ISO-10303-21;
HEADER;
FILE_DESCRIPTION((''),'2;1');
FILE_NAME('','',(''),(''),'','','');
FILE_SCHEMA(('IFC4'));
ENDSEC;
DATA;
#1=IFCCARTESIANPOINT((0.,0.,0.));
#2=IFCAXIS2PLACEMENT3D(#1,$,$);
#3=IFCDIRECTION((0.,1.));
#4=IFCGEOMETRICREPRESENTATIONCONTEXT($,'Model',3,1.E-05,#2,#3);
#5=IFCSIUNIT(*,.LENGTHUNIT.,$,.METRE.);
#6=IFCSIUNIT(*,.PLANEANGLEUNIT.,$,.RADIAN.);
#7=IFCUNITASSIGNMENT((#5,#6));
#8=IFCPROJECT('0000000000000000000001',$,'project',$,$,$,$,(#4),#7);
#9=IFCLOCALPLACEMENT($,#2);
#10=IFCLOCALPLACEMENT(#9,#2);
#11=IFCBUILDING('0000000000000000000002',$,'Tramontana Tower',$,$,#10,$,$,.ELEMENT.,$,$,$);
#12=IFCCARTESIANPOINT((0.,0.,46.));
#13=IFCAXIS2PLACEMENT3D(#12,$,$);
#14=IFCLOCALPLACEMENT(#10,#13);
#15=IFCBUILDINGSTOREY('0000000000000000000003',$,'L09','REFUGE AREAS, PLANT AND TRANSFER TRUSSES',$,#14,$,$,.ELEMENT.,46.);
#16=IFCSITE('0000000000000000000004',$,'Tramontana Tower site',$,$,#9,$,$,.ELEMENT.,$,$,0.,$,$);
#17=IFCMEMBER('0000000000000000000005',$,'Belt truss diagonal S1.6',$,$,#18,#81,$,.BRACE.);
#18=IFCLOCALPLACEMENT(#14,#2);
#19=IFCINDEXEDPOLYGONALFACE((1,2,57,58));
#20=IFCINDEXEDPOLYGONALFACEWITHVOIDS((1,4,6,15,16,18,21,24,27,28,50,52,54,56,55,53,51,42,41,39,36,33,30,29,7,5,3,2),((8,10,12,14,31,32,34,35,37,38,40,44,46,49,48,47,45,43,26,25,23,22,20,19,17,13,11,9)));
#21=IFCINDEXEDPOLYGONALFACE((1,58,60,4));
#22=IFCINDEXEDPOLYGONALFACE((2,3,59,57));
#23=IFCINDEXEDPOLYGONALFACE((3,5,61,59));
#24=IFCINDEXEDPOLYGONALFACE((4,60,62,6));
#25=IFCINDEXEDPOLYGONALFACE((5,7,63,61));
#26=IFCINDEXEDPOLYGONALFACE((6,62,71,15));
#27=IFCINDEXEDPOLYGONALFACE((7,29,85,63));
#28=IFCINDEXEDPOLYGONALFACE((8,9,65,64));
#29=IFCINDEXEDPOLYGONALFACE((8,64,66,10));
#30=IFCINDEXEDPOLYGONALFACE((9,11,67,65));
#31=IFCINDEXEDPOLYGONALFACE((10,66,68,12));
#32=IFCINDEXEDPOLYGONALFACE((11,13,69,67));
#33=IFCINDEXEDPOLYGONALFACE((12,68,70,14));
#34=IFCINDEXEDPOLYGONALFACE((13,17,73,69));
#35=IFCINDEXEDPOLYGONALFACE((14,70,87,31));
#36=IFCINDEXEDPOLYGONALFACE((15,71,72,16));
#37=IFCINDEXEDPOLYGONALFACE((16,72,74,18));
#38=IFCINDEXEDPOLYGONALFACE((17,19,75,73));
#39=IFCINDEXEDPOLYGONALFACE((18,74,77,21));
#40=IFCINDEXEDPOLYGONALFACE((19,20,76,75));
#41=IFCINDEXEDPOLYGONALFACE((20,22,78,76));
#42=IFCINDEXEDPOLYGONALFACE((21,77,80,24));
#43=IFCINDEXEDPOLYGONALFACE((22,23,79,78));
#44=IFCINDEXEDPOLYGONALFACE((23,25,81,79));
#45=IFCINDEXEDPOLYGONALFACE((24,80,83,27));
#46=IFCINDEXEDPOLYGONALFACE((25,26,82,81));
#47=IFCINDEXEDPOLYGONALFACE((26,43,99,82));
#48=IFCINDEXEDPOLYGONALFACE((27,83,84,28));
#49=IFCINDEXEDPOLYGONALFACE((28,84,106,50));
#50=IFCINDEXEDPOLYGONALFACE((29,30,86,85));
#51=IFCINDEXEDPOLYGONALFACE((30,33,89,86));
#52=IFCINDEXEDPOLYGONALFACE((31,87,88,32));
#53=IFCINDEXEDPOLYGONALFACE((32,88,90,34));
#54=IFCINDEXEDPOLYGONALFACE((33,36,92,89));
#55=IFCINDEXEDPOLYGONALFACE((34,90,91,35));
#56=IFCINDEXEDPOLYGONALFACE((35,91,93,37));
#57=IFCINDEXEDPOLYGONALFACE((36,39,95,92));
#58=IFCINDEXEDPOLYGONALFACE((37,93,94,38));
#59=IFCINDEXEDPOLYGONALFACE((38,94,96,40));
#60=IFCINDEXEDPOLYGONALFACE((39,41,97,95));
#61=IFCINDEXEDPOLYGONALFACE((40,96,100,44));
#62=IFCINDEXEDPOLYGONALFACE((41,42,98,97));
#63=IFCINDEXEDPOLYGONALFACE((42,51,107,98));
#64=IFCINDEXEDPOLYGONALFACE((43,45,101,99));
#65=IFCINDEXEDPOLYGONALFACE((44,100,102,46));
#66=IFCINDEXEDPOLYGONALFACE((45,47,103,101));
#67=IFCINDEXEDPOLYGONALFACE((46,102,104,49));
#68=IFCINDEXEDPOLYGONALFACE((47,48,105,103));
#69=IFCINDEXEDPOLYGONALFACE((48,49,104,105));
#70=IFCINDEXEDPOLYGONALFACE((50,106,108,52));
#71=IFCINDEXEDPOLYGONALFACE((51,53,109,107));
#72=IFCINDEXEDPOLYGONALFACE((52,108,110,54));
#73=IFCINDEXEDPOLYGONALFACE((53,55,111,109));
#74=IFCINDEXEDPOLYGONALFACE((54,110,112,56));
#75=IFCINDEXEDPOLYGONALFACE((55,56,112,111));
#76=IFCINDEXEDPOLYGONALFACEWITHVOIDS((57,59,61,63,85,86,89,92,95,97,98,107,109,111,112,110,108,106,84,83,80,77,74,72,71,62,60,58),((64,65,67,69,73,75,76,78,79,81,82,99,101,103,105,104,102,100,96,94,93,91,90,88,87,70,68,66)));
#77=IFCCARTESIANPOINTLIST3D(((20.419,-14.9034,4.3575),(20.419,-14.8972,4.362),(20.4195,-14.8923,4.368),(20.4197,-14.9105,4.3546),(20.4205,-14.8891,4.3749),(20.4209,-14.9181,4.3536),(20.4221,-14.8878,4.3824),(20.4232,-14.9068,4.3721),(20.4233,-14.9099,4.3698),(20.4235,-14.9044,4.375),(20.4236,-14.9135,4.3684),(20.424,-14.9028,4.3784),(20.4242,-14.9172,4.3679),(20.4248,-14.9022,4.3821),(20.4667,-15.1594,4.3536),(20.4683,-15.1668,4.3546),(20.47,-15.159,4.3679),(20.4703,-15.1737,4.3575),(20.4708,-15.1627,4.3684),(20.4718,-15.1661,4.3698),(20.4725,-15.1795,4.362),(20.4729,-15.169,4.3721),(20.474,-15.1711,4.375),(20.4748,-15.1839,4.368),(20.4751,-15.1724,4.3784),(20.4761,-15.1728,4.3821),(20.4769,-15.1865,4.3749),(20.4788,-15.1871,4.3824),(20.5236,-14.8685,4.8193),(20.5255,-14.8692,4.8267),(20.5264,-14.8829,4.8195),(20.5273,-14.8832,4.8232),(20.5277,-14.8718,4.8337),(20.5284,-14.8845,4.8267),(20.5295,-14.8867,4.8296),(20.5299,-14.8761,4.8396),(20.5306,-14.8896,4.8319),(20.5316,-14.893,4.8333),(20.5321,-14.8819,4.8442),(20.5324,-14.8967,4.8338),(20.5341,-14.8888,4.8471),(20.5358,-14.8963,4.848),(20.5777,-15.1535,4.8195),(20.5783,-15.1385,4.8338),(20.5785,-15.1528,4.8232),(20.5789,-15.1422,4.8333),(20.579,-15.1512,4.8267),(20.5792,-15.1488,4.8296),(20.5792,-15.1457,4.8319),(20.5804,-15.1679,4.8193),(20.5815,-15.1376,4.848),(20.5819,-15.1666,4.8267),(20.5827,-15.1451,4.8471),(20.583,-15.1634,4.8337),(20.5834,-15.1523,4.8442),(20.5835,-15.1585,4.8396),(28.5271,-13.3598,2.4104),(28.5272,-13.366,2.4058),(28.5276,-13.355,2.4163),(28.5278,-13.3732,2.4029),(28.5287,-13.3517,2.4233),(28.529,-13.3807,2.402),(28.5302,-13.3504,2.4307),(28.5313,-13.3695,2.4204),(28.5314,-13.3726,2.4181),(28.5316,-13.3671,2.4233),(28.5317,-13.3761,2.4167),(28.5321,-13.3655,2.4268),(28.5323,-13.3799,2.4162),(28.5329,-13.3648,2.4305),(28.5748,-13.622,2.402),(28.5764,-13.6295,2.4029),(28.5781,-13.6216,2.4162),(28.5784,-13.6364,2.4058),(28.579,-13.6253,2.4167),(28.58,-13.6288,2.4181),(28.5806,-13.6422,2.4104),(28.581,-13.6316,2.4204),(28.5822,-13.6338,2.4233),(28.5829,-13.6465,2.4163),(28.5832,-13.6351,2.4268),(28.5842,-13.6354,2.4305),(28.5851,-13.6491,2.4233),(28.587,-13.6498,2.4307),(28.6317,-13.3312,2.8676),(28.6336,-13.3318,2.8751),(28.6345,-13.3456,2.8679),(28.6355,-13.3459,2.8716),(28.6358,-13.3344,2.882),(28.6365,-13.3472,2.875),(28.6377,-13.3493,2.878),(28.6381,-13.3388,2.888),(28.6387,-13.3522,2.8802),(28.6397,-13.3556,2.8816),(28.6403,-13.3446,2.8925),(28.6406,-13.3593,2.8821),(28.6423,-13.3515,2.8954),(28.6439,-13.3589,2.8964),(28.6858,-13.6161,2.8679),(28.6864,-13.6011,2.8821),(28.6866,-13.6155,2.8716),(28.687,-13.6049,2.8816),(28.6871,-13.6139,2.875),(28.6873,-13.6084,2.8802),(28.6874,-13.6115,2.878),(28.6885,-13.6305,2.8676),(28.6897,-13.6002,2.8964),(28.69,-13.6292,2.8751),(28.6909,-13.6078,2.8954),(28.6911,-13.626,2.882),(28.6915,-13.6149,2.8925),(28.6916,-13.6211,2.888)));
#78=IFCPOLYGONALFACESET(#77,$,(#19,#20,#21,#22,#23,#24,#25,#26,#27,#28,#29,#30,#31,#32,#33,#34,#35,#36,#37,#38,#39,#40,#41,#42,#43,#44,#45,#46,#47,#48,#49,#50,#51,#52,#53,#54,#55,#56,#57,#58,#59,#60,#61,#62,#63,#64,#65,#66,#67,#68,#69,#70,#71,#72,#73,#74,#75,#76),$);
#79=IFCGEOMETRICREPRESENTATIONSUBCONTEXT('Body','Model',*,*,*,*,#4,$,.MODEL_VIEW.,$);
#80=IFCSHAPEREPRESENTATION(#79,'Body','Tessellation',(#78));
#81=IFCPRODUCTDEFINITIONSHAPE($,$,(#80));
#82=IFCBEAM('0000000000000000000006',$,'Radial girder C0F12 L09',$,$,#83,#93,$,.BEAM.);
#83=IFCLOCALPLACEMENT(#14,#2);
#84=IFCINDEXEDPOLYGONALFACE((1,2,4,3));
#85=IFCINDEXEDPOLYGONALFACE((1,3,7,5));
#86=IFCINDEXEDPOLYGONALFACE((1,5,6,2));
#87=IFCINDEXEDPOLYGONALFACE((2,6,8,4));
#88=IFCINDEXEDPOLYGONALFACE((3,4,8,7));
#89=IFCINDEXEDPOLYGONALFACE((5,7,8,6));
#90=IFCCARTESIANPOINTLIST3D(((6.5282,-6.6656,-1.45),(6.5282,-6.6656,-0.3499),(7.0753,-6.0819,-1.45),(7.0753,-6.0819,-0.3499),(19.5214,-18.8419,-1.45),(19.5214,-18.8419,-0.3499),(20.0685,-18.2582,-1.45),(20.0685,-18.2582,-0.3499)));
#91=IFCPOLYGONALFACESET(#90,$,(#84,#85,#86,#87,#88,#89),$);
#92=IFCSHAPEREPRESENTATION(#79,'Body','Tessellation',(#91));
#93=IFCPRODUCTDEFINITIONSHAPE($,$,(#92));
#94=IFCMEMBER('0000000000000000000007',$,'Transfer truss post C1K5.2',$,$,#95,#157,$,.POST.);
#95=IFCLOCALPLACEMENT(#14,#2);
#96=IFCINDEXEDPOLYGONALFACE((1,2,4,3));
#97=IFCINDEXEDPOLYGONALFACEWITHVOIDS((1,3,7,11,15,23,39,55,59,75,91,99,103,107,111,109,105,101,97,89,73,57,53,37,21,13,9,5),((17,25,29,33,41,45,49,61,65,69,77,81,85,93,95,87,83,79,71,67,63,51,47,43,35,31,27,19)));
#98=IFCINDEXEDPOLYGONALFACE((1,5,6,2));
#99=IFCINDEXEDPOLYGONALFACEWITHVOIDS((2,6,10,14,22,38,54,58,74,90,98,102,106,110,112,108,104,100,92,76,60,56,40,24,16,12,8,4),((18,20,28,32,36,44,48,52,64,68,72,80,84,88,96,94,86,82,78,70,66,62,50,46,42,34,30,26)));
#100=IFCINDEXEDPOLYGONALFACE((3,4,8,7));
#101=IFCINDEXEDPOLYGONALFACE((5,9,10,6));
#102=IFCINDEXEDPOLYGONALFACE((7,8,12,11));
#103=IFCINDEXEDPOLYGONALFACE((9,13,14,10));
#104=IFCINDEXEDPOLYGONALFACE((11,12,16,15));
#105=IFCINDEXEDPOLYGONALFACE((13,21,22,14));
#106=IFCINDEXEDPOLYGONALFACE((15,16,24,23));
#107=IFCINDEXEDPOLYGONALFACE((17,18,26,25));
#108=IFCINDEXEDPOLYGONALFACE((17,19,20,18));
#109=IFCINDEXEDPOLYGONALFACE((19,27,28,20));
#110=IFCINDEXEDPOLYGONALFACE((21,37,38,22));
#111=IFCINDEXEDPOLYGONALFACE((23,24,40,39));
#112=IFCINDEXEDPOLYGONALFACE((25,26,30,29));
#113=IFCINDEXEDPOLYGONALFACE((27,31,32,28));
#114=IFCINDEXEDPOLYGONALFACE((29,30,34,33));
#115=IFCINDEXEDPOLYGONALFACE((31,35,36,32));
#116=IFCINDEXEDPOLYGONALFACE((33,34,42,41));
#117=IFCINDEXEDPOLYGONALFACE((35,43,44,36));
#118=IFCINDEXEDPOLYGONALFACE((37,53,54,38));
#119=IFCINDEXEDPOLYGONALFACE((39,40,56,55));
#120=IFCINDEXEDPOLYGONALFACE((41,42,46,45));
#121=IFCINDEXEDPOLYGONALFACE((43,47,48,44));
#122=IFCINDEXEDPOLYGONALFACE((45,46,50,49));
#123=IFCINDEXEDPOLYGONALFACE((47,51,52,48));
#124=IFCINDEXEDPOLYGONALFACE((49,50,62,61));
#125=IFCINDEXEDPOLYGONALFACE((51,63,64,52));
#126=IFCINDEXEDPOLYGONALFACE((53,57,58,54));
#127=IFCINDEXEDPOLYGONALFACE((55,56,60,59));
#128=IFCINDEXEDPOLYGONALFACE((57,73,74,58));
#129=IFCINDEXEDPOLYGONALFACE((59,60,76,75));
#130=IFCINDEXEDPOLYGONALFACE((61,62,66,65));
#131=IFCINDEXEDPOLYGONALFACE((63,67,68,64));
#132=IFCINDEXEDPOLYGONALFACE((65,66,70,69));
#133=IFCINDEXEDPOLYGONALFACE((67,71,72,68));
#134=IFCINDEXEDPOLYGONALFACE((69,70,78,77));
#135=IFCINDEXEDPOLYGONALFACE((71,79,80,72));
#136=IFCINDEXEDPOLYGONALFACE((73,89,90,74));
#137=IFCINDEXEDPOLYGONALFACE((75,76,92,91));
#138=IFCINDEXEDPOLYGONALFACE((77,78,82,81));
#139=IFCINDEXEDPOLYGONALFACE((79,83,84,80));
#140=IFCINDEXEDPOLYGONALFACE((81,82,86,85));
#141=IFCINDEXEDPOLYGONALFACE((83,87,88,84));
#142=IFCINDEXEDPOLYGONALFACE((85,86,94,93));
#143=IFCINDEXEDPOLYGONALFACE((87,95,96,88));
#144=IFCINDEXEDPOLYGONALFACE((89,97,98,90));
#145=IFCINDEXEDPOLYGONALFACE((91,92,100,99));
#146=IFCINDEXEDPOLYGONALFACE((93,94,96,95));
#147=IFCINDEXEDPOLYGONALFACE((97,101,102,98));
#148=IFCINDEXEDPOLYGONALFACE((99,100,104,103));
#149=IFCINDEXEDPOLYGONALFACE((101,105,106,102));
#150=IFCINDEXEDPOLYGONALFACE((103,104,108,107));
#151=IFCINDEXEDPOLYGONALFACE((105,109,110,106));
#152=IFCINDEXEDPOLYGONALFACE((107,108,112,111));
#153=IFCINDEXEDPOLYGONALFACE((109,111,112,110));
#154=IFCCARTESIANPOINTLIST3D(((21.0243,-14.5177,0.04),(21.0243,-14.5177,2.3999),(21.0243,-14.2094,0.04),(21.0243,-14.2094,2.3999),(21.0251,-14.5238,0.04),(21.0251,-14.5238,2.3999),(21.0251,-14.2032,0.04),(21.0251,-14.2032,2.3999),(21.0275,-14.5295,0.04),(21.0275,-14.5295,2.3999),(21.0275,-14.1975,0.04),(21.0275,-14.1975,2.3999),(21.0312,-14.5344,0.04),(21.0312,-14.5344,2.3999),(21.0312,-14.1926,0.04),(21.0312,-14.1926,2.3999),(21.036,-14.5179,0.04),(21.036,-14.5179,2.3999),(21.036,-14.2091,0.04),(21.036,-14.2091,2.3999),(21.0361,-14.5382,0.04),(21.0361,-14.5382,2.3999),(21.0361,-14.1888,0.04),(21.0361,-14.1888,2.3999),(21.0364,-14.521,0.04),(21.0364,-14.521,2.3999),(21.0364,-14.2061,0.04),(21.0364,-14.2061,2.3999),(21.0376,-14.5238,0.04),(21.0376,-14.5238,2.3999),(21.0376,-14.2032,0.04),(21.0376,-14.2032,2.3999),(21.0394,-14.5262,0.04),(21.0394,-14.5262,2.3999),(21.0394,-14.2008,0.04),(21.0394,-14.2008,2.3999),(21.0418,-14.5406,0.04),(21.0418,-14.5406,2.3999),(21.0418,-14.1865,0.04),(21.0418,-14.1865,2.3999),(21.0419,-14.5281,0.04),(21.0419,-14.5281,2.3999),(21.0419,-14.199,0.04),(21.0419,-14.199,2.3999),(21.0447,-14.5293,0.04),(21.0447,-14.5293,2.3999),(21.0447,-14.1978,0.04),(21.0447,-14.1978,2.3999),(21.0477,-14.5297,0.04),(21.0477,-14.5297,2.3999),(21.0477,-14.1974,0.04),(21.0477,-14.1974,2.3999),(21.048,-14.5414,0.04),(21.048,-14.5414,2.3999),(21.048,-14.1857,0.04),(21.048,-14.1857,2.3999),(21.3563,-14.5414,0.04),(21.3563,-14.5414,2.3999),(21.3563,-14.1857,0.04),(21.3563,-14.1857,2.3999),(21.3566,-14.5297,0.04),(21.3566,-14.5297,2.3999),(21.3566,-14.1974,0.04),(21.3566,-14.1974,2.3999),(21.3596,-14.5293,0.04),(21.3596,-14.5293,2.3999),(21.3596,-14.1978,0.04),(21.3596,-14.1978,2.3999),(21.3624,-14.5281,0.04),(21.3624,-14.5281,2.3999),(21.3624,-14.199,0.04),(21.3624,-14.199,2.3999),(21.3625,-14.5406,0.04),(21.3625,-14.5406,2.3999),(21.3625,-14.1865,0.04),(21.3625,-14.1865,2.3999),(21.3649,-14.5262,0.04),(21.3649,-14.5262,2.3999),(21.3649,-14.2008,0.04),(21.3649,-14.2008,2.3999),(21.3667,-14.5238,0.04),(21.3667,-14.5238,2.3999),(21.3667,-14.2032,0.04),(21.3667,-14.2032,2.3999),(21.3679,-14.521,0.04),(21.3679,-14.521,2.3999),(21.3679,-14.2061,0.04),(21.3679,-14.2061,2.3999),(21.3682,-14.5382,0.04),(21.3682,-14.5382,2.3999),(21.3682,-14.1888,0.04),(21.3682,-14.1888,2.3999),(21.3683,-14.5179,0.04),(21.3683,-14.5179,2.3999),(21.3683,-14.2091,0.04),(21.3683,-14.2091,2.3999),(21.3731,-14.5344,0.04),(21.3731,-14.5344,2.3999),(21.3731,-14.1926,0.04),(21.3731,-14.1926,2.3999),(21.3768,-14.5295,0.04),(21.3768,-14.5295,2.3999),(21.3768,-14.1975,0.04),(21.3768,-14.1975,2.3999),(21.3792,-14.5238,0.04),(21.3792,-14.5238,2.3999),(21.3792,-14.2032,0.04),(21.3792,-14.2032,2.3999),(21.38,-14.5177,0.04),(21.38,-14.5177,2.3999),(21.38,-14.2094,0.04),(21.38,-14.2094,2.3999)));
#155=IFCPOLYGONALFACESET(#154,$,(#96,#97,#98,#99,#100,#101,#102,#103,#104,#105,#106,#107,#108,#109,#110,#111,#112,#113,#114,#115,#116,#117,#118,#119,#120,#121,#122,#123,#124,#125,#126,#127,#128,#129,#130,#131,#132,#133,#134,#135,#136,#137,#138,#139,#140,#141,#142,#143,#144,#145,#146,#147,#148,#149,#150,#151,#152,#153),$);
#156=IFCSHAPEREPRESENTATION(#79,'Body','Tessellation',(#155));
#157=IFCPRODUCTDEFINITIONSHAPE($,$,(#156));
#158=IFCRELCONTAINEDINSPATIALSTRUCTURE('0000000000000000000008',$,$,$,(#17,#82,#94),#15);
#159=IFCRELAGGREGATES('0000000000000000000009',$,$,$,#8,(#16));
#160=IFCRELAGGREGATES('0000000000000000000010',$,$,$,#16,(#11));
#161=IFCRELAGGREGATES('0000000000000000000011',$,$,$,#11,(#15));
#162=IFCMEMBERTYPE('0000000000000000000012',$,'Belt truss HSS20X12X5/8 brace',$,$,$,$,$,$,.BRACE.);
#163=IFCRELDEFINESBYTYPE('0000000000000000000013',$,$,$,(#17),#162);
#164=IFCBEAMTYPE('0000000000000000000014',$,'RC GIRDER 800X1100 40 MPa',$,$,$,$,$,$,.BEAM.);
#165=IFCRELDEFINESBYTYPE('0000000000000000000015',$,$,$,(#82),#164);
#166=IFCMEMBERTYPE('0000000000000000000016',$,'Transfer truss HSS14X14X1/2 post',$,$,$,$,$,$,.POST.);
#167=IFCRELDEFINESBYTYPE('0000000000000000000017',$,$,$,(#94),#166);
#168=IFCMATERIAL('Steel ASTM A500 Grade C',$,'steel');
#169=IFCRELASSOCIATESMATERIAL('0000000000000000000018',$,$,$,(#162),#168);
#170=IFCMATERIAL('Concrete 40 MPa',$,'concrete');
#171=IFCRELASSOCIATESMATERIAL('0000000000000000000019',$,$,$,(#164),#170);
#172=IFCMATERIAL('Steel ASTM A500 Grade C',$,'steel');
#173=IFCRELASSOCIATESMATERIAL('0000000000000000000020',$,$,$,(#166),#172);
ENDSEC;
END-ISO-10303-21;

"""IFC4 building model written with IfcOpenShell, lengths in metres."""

from ifc_helpers import new_model, si_unit, direction, frame, origin, origin_2d, place, context, subcontext, project, spatial, rectangle, hollow_rectangle, extrude, material, material_profile, profile_set, type_object, element, save


model = new_model("IFC4")

# Units and contexts
model_context = context("Model", 3, precision=1e-05, world=origin(), true_north=direction((0.0, 1.0)))
body_context = subcontext(model_context, "Body", "Model", "MODEL_VIEW")
ifc_project = project(units=[si_unit("LENGTHUNIT", "METRE"), si_unit("PLANEANGLEUNIT", "RADIAN")], contexts=[model_context])

# Site, building, storey
site_placement = place(None, origin())
site = spatial("IfcSite", under=ifc_project, at=site_placement, Name="Tramontana Tower site", CompositionType="ELEMENT", RefElevation=0.0)
building_placement = place(site_placement, origin())
building = spatial("IfcBuilding", under=site, at=building_placement, Name="Tramontana Tower", CompositionType="ELEMENT")
storey_placement = place(building_placement, frame((0.0, 0.0, 46.0)))
storey = spatial("IfcBuildingStorey", under=building, at=storey_placement, Name="L09", Description="REFUGE AREAS, PLANT AND TRANSFER TRUSSES", CompositionType="ELEMENT", Elevation=46.0)

# Member
ifc_material_1 = material(Name="Steel ASTM A500 Grade C", Category="steel")
ifc_material_profile_1 = material_profile(ifc_material_1, hollow_rectangle(XDim=0.3047, YDim=0.5081, WallThickness=0.0146, InnerFilletRadius=0.0146, OuterFilletRadius=0.0295, at=origin_2d()), Name="HSS20X12X5/8")
ifc_profile_set_1 = profile_set([ifc_material_profile_1], Name="Steel ASTM A500 Grade C")
member_type_1 = type_object("IfcMemberType", Name="Belt truss HSS20X12X5/8 brace", PredefinedType="BRACE", material=ifc_profile_set_1)
member_1_placement = place(storey_placement, frame((20.5012, -15.0278, 4.6008), z_axis=(0.956122, 0.181286, -0.230142), x_axis=(-0.186287, 0.982495, 0.0)))
element("IfcMember", 1, at=member_1_placement, inside=storey, type_object=member_type_1, Name="Belt truss diagonal S1.6", PredefinedType="BRACE", context=body_context, shape_type="SweptSolid", body=[
    extrude(hollow_rectangle(XDim=0.3047, YDim=0.5081, WallThickness=0.0146, InnerFilletRadius=0.0146, OuterFilletRadius=0.0295, at=origin_2d()), origin(), (0.0, 0.0, 1.0), 8.4802),
])

# Beam
ifc_material_2 = material(Name="Concrete 40 MPa", Category="concrete")
ifc_material_profile_2 = material_profile(ifc_material_2, rectangle(XDim=0.8, YDim=1.1001, at=origin_2d()), Name="RC GIRDER 800X1100 40 MPa")
ifc_profile_set_2 = profile_set([ifc_material_profile_2], Name="Concrete 40 MPa")
beam_type = type_object("IfcBeamType", Name="RC GIRDER 800X1100 40 MPa", PredefinedType="BEAM", material=ifc_profile_set_2)
beam_placement = place(storey_placement, frame((19.7949, -18.55, -0.8999), z_axis=(-0.729672, 0.683797, 0.0), x_axis=(-0.683797, -0.729672, 0.0)))
element("IfcBeam", 2, at=beam_placement, inside=storey, type_object=beam_type, Name="Radial girder C0F12 L09", PredefinedType="BEAM", context=body_context, shape_type="SweptSolid", body=[
    extrude(rectangle(XDim=0.8, YDim=1.1001, at=origin_2d()), origin(), (0.0, 0.0, 1.0), 17.8069),
])

# Member
ifc_material_3 = material(Name="Steel ASTM A500 Grade C", Category="steel")
ifc_material_profile_3 = material_profile(ifc_material_3, hollow_rectangle(XDim=0.3557, YDim=0.3557, WallThickness=0.0117, InnerFilletRadius=0.0117, OuterFilletRadius=0.0237, at=origin_2d()), Name="HSS14X14X1/2")
ifc_profile_set_3 = profile_set([ifc_material_profile_3], Name="Steel ASTM A500 Grade C")
member_type_2 = type_object("IfcMemberType", Name="Transfer truss HSS14X14X1/2 post", PredefinedType="POST", material=ifc_profile_set_3)
member_2_placement = place(storey_placement, frame((21.2021, -14.3635, 0.04), z_axis=(0.0, 0.0, 1.0), x_axis=(1.0, 0.0, 0.0)))
element("IfcMember", 3, at=member_2_placement, inside=storey, type_object=member_type_2, Name="Transfer truss post C1K5.2", PredefinedType="POST", context=body_context, shape_type="SweptSolid", body=[
    extrude(hollow_rectangle(XDim=0.3557, YDim=0.3557, WallThickness=0.0117, InnerFilletRadius=0.0117, OuterFilletRadius=0.0237, at=origin_2d()), origin(), (0.0, 0.0, 1.0), 2.3599),
])

save(model, "model.ifc")
